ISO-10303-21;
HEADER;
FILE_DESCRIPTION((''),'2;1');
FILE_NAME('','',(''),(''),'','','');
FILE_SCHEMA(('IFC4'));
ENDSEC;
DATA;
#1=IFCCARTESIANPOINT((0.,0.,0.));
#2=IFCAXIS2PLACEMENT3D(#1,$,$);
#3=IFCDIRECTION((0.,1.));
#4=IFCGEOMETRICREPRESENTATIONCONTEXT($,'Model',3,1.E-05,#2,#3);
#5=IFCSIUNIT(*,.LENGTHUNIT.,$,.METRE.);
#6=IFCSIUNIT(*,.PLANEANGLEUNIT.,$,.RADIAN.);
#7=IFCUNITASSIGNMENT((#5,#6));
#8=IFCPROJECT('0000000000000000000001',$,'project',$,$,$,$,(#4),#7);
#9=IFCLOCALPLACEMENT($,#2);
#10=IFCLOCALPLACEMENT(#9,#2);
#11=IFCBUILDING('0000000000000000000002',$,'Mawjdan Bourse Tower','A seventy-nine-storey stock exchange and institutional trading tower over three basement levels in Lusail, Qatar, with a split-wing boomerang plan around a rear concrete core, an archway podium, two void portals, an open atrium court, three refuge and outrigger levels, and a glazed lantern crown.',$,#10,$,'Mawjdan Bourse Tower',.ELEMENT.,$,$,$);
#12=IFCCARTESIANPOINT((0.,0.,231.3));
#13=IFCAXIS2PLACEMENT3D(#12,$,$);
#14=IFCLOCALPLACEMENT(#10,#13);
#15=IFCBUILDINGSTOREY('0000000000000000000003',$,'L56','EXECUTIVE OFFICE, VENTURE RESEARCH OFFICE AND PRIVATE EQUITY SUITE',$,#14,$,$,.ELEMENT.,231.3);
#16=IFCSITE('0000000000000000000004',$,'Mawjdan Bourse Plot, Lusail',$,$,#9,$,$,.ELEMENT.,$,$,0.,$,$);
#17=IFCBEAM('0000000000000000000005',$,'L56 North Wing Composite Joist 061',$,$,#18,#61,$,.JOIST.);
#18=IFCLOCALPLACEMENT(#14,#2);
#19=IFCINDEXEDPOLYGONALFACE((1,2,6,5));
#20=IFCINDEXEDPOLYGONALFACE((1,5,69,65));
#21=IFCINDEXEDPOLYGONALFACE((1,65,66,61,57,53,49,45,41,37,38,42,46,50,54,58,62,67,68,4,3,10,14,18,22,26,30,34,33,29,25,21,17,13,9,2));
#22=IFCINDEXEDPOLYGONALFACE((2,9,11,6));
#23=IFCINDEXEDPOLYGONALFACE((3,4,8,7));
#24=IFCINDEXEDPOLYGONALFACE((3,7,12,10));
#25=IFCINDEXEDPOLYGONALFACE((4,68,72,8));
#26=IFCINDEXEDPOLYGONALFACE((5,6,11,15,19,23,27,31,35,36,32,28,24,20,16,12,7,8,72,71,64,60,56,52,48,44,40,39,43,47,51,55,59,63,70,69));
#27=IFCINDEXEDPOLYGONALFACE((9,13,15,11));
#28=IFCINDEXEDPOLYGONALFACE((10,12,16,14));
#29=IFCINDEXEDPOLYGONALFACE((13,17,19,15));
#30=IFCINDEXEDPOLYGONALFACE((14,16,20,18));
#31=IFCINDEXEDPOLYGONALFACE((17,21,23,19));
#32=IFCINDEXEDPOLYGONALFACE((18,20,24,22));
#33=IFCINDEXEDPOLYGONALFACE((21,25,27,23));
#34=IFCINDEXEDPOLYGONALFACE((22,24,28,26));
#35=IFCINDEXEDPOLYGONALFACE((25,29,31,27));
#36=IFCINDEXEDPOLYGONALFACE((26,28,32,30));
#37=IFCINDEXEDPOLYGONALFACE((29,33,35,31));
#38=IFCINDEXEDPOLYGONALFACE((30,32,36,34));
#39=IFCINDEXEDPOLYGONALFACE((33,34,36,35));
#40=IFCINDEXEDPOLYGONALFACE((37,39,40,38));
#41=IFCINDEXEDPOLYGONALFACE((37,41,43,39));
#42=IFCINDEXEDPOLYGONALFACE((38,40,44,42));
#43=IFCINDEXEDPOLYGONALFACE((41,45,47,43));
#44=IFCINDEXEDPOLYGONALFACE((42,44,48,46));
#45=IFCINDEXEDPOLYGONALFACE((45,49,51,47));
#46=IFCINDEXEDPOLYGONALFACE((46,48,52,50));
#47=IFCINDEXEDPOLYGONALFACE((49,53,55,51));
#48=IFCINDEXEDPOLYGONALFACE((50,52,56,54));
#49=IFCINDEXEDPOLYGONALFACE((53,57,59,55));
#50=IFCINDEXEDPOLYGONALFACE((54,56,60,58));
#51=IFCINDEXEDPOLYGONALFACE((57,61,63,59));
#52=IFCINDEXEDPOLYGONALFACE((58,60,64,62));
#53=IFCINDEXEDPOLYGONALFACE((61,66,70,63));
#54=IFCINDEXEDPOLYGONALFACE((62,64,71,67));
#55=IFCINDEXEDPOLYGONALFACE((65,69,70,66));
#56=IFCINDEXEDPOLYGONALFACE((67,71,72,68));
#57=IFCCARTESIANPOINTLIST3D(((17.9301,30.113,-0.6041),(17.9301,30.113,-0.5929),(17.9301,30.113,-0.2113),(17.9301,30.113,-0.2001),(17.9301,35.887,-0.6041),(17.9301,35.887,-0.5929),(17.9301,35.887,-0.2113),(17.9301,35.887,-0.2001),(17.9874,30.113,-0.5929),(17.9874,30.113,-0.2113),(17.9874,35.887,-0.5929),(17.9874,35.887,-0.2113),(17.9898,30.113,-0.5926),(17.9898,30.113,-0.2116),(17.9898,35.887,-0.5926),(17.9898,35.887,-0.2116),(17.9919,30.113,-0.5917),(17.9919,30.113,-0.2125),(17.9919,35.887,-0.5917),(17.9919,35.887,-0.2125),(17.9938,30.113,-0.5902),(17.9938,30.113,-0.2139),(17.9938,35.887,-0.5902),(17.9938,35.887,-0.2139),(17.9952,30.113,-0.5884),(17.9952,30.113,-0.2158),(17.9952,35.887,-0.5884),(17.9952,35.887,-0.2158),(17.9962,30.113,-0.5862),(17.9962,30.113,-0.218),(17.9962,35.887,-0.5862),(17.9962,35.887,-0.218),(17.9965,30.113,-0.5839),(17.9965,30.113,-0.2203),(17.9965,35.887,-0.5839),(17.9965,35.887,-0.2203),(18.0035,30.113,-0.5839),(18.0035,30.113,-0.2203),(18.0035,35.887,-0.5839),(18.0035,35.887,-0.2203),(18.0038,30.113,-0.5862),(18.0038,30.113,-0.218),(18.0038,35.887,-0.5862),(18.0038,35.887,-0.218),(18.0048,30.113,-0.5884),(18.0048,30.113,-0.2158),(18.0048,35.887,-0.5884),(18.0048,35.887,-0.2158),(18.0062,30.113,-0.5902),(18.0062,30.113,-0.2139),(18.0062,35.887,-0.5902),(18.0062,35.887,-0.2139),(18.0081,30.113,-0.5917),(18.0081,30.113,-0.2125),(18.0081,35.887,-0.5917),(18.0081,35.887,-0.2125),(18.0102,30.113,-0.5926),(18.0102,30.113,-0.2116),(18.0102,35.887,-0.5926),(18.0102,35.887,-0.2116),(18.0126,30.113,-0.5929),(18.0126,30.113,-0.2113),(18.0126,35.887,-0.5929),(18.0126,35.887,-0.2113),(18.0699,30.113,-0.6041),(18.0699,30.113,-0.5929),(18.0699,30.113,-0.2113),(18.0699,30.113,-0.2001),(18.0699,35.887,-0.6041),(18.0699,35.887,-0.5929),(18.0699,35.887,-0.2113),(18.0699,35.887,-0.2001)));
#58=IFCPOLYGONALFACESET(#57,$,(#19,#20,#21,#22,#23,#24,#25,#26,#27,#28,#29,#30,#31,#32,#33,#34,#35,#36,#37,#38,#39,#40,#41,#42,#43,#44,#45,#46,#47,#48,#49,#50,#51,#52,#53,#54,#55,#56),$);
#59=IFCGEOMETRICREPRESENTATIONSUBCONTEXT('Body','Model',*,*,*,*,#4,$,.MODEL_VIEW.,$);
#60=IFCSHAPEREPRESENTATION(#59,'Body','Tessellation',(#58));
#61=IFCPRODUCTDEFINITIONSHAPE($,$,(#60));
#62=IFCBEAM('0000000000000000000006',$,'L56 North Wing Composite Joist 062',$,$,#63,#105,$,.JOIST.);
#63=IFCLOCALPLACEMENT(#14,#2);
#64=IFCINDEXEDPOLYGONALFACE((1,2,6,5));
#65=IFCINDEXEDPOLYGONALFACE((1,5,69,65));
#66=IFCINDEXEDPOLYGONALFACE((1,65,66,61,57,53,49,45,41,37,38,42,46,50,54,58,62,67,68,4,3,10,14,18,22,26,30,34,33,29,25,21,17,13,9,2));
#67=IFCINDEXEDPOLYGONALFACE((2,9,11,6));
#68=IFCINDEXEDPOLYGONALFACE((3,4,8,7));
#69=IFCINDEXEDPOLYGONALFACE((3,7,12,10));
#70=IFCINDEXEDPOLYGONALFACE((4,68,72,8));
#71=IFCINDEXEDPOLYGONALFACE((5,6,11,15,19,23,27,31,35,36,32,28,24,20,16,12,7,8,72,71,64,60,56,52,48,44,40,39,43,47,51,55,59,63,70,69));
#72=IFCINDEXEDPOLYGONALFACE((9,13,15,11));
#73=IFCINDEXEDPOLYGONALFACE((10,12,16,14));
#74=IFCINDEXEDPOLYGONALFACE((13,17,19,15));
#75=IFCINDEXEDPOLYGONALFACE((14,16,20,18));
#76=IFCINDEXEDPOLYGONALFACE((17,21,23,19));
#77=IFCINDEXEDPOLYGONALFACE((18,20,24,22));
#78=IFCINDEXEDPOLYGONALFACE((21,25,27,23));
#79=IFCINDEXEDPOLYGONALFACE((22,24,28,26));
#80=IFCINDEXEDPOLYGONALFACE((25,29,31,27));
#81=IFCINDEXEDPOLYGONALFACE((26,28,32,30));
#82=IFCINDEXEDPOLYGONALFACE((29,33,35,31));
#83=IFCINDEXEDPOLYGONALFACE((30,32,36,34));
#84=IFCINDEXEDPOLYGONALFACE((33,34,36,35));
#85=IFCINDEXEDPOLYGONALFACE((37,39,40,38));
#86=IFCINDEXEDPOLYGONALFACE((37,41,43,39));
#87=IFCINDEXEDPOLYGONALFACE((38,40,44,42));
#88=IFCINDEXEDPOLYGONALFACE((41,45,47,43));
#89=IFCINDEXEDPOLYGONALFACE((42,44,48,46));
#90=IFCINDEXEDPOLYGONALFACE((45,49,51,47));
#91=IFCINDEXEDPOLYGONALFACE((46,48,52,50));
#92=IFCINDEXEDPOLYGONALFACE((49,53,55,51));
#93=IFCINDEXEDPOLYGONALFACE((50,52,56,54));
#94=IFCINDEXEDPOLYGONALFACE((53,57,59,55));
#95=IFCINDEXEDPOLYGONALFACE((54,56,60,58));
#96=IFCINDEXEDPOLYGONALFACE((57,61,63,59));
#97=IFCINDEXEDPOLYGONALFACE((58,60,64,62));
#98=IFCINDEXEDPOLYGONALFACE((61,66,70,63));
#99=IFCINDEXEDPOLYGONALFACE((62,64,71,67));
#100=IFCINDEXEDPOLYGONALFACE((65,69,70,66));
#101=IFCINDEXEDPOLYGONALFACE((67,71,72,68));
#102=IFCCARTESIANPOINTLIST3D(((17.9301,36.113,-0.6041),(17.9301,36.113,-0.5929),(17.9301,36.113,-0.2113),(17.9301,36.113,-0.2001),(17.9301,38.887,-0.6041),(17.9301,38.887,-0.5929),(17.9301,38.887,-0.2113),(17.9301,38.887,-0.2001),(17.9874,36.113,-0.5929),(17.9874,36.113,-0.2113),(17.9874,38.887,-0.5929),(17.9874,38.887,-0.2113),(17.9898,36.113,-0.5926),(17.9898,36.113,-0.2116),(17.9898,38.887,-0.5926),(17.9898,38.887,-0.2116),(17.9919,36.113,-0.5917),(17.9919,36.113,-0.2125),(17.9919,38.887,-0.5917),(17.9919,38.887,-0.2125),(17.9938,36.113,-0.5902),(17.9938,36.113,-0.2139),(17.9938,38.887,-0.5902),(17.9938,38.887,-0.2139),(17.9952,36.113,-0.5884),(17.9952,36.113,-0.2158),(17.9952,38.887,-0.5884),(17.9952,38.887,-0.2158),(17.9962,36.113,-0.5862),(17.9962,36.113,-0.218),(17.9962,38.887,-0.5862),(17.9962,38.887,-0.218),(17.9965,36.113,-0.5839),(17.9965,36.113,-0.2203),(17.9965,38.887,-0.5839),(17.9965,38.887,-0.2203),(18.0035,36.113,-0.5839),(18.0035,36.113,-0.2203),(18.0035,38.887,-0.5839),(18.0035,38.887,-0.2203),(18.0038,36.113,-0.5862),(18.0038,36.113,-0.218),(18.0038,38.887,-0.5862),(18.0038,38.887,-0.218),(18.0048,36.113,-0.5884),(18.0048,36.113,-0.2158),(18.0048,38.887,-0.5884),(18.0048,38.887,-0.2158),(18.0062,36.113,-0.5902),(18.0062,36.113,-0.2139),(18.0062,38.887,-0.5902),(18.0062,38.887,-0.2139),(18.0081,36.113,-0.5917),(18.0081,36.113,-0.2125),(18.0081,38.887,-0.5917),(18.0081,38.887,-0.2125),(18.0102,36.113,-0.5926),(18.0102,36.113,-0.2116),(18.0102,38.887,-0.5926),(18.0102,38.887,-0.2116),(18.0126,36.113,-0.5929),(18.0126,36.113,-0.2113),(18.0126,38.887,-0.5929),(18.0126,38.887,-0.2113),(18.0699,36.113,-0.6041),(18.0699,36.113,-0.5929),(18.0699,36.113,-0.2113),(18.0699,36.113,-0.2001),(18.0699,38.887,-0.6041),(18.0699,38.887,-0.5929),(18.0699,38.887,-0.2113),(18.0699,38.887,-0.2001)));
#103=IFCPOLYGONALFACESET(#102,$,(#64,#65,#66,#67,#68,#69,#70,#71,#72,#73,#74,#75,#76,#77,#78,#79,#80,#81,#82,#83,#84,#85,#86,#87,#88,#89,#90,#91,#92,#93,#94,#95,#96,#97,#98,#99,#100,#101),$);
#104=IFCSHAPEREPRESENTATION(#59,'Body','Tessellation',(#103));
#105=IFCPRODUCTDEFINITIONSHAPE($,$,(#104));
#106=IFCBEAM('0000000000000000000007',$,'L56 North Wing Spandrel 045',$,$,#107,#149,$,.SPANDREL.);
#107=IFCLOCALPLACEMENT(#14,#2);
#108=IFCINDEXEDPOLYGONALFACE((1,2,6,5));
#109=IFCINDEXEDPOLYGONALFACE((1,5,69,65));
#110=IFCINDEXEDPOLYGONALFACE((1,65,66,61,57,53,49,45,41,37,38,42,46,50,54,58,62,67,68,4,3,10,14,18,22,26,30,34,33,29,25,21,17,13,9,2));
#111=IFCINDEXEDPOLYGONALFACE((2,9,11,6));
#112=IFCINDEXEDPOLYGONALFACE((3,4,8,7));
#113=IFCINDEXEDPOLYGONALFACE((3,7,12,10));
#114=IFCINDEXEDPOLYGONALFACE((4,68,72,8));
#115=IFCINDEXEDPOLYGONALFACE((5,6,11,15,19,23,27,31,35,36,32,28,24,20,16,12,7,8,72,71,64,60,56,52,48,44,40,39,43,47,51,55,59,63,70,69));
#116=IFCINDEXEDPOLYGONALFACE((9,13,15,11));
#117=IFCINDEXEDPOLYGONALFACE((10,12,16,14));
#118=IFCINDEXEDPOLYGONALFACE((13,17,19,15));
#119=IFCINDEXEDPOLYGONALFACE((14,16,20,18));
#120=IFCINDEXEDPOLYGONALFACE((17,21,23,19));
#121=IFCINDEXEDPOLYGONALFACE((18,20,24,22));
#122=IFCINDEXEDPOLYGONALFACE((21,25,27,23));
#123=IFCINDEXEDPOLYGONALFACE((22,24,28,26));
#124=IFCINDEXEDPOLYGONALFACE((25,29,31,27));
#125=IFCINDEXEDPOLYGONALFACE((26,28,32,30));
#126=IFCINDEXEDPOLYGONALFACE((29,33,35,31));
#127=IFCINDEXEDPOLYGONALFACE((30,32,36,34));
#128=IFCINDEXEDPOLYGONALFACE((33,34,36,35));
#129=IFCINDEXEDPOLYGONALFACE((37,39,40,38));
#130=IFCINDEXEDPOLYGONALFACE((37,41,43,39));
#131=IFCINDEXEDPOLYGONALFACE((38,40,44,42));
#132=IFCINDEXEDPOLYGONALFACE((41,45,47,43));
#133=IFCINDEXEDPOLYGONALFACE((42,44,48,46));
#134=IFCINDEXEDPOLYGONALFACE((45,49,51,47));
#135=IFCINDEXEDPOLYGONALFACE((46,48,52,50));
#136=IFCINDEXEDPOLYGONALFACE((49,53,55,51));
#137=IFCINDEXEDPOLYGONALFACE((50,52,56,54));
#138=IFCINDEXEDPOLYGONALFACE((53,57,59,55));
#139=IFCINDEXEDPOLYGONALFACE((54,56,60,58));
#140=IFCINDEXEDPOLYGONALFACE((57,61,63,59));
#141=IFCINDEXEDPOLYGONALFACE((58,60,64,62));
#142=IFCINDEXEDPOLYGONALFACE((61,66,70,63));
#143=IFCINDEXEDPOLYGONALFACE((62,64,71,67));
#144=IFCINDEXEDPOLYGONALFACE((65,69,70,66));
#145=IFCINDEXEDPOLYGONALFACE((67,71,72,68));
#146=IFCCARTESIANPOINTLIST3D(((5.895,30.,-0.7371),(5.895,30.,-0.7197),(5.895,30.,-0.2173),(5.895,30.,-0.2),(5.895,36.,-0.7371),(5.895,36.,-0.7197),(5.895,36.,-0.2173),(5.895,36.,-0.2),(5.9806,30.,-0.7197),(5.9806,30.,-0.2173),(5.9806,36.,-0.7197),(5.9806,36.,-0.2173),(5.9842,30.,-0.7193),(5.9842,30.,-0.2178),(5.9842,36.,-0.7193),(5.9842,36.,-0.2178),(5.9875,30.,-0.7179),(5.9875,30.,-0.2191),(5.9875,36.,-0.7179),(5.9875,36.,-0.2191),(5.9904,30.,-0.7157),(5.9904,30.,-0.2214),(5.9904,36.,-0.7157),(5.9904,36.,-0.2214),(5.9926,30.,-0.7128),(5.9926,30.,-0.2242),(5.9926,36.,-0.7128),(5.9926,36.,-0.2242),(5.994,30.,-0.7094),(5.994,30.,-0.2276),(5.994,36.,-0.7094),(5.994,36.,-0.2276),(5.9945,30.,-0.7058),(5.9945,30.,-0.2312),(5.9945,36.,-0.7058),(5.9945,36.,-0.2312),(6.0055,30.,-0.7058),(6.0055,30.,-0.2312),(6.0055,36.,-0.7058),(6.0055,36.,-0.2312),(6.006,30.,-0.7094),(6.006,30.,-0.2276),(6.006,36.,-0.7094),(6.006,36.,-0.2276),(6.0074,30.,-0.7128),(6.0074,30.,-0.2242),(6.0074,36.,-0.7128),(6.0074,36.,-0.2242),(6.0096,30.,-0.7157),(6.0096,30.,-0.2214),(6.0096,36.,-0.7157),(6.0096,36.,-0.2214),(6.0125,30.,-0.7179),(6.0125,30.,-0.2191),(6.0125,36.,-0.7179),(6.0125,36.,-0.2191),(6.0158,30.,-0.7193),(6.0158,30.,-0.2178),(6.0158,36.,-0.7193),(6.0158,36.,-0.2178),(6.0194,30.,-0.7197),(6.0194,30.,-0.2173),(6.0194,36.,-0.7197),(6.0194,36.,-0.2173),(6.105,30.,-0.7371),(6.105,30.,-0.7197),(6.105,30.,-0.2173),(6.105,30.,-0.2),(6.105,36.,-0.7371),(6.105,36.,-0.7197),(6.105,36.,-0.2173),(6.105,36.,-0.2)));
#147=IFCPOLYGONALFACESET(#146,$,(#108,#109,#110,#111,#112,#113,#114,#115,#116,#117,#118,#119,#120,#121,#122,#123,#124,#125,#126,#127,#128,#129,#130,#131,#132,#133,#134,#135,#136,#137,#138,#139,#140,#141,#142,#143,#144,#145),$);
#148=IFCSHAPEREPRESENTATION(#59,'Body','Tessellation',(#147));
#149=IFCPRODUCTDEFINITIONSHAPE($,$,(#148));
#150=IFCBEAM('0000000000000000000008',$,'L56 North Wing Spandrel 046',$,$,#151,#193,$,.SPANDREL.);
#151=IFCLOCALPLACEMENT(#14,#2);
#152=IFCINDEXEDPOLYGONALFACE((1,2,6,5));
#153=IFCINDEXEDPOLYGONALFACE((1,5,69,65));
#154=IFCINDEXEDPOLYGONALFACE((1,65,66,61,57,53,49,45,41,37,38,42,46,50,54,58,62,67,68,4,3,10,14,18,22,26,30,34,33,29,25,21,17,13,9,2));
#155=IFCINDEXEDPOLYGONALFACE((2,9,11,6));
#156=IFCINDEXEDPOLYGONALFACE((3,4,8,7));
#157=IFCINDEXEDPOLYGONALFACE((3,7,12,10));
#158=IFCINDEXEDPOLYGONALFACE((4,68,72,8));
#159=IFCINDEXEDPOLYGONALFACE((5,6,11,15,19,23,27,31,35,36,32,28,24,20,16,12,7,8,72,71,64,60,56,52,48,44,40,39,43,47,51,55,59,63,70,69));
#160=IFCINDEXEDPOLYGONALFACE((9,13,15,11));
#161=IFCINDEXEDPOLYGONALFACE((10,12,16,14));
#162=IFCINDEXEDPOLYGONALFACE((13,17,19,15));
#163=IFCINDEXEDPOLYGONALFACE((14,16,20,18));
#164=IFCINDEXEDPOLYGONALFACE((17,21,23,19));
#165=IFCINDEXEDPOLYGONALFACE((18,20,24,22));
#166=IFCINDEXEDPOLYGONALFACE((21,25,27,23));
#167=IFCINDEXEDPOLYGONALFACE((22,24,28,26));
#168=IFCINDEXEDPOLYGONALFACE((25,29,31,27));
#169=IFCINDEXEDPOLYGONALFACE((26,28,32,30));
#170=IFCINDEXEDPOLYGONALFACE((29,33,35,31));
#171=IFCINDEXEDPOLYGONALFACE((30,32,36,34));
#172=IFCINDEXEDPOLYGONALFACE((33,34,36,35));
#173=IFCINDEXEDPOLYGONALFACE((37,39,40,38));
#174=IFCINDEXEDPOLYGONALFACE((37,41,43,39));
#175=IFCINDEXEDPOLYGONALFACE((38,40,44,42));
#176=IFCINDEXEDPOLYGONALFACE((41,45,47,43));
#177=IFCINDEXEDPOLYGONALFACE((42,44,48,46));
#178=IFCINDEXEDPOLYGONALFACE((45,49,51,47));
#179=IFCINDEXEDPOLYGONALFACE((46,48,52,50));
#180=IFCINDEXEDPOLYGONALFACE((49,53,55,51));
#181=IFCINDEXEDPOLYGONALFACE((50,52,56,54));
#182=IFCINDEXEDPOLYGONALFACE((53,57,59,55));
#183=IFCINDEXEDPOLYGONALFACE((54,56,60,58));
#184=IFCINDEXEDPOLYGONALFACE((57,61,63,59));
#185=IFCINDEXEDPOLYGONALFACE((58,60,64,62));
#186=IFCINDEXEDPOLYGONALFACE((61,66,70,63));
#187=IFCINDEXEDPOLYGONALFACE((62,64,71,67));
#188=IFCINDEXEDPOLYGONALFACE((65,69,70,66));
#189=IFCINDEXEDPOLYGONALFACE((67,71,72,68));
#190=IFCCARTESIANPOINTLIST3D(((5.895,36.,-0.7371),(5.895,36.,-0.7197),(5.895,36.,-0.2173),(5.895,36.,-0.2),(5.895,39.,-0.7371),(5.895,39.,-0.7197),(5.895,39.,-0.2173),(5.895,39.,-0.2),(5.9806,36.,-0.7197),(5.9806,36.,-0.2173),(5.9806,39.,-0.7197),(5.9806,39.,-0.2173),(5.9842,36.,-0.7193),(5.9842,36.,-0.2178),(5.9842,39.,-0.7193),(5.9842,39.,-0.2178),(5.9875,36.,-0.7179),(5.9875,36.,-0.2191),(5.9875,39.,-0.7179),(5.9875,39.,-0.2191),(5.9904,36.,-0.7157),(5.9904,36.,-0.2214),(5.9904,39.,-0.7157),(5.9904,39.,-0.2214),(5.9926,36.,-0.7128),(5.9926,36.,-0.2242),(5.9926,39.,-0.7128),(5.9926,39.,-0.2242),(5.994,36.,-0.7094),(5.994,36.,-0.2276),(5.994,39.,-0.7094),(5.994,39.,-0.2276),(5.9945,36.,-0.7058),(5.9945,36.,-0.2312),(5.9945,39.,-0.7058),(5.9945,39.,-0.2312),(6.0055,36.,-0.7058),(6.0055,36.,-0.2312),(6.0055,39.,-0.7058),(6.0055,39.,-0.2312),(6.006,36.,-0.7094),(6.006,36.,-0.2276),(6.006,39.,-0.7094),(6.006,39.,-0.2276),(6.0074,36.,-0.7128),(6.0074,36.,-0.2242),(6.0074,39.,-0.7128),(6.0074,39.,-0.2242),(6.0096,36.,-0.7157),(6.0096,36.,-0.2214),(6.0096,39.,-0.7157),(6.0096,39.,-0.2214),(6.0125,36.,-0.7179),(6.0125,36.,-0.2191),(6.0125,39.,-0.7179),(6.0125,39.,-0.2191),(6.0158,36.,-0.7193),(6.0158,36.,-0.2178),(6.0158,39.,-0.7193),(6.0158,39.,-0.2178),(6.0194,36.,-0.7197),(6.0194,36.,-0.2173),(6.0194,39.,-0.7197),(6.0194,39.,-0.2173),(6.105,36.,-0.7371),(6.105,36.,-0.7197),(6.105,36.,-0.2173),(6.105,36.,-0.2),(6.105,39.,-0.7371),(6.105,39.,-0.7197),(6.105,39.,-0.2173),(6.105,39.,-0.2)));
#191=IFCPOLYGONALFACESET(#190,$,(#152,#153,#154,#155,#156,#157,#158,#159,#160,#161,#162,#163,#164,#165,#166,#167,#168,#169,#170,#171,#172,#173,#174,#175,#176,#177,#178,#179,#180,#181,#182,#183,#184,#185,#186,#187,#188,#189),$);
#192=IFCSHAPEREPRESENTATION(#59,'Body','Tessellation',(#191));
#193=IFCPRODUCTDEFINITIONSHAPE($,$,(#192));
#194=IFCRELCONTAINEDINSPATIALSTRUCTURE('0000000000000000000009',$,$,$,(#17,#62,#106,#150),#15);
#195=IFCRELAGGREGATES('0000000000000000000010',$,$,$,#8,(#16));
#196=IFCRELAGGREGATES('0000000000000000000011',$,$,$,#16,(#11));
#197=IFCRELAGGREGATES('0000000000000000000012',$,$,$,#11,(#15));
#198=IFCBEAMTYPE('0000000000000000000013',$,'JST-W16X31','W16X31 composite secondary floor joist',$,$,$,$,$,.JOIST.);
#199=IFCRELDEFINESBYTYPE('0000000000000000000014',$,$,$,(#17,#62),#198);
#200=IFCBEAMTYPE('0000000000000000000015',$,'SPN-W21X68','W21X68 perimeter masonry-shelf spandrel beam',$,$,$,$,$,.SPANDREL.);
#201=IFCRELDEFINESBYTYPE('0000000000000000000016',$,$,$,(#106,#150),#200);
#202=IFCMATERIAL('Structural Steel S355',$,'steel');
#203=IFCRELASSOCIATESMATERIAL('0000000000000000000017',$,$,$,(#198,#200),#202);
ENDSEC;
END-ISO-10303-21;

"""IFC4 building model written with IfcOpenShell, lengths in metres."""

from ifc_helpers import new_model, si_unit, direction, frame, origin, origin_2d, place, context, subcontext, project, spatial, i_section, extrude, material, material_profile, profile_set, type_object, element, save


model = new_model("IFC4")

# Units and contexts
model_context = context("Model", 3, precision=1e-05, world=origin(), true_north=direction((0.0, 1.0)))
body_context = subcontext(model_context, "Body", "Model", "MODEL_VIEW")
ifc_project = project(units=[si_unit("LENGTHUNIT", "METRE"), si_unit("PLANEANGLEUNIT", "RADIAN")], contexts=[model_context])

# Site, building, storey
site_placement = place(None, origin())
site = spatial("IfcSite", under=ifc_project, at=site_placement, Name="Mawjdan Bourse Plot, Lusail", CompositionType="ELEMENT", RefElevation=0.0)
building_placement = place(site_placement, origin())
building = spatial("IfcBuilding", under=site, at=building_placement, Name="Mawjdan Bourse Tower", Description="A seventy-nine-storey stock exchange and institutional trading tower over three basement levels in Lusail, Qatar, with a split-wing boomerang plan around a rear concrete core, an archway podium, two void portals, an open atrium court, three refuge and outrigger levels, and a glazed lantern crown.", LongName="Mawjdan Bourse Tower", CompositionType="ELEMENT")
storey_placement = place(building_placement, frame((0.0, 0.0, 231.3)))
storey = spatial("IfcBuildingStorey", under=building, at=storey_placement, Name="L56", Description="EXECUTIVE OFFICE, VENTURE RESEARCH OFFICE AND PRIVATE EQUITY SUITE", CompositionType="ELEMENT", Elevation=231.3)

# Beams
ifc_material_1 = material(Name="Structural Steel S355", Category="steel")
ifc_material_profile_1 = material_profile(ifc_material_1, i_section(OverallWidth=0.1399, OverallDepth=0.4041, WebThickness=0.0071, FlangeThickness=0.0112, FilletRadius=0.009, at=origin_2d()), Name="W16X31")
ifc_profile_set_1 = profile_set([ifc_material_profile_1], Name="Structural Steel S355")
beam_type_1 = type_object("IfcBeamType", Name="JST-W16X31", Description="W16X31 composite secondary floor joist", PredefinedType="JOIST", material=ifc_profile_set_1)
beam_1_placement = place(storey_placement, frame((18.0, 30.113, -0.4021), z_axis=(0.0, 1.0, 0.0), x_axis=(-1.0, 0.0, 0.0)))
element("IfcBeam", 1, at=beam_1_placement, inside=storey, type_object=beam_type_1, Name="L56 North Wing Composite Joist 061", PredefinedType="JOIST", context=body_context, shape_type="SweptSolid", body=[
    extrude(i_section(OverallWidth=0.1399, OverallDepth=0.4041, WebThickness=0.0071, FlangeThickness=0.0112, FilletRadius=0.009, at=origin_2d()), origin(), (0.0, 0.0, 1.0), 5.7739),
])
beam_2_placement = place(storey_placement, frame((18.0, 36.113, -0.4021), z_axis=(0.0, 1.0, 0.0), x_axis=(-1.0, 0.0, 0.0)))
element("IfcBeam", 2, at=beam_2_placement, inside=storey, type_object=beam_type_1, Name="L56 North Wing Composite Joist 062", PredefinedType="JOIST", context=body_context, shape_type="SweptSolid", body=[
    extrude(i_section(OverallWidth=0.1399, OverallDepth=0.4041, WebThickness=0.0071, FlangeThickness=0.0112, FilletRadius=0.009, at=origin_2d()), origin(), (0.0, 0.0, 1.0), 2.7739),
])
ifc_material_profile_2 = material_profile(ifc_material_1, i_section(OverallWidth=0.21, OverallDepth=0.5371, WebThickness=0.011, FlangeThickness=0.0173, FilletRadius=0.0139, at=origin_2d()), Name="W21X68")
ifc_profile_set_2 = profile_set([ifc_material_profile_2], Name="Structural Steel S355")
beam_type_2 = type_object("IfcBeamType", Name="SPN-W21X68", Description="W21X68 perimeter masonry-shelf spandrel beam", PredefinedType="SPANDREL", material=ifc_profile_set_2)
beam_3_placement = place(storey_placement, frame((6.0, 30.0, -0.4685), z_axis=(0.0, 1.0, 0.0), x_axis=(-1.0, 0.0, 0.0)))
element("IfcBeam", 3, at=beam_3_placement, inside=storey, type_object=beam_type_2, Name="L56 North Wing Spandrel 045", PredefinedType="SPANDREL", context=body_context, shape_type="SweptSolid", body=[
    extrude(i_section(OverallWidth=0.21, OverallDepth=0.5371, WebThickness=0.011, FlangeThickness=0.0173, FilletRadius=0.0139, at=origin_2d()), origin(), (0.0, 0.0, 1.0), 6.0),
])
beam_4_placement = place(storey_placement, frame((6.0, 36.0, -0.4685), z_axis=(0.0, 1.0, 0.0), x_axis=(-1.0, 0.0, 0.0)))
element("IfcBeam", 4, at=beam_4_placement, inside=storey, type_object=beam_type_2, Name="L56 North Wing Spandrel 046", PredefinedType="SPANDREL", context=body_context, shape_type="SweptSolid", body=[
    extrude(i_section(OverallWidth=0.21, OverallDepth=0.5371, WebThickness=0.011, FlangeThickness=0.0173, FilletRadius=0.0139, at=origin_2d()), origin(), (0.0, 0.0, 1.0), 3.0),
])

save(model, "model.ifc")
